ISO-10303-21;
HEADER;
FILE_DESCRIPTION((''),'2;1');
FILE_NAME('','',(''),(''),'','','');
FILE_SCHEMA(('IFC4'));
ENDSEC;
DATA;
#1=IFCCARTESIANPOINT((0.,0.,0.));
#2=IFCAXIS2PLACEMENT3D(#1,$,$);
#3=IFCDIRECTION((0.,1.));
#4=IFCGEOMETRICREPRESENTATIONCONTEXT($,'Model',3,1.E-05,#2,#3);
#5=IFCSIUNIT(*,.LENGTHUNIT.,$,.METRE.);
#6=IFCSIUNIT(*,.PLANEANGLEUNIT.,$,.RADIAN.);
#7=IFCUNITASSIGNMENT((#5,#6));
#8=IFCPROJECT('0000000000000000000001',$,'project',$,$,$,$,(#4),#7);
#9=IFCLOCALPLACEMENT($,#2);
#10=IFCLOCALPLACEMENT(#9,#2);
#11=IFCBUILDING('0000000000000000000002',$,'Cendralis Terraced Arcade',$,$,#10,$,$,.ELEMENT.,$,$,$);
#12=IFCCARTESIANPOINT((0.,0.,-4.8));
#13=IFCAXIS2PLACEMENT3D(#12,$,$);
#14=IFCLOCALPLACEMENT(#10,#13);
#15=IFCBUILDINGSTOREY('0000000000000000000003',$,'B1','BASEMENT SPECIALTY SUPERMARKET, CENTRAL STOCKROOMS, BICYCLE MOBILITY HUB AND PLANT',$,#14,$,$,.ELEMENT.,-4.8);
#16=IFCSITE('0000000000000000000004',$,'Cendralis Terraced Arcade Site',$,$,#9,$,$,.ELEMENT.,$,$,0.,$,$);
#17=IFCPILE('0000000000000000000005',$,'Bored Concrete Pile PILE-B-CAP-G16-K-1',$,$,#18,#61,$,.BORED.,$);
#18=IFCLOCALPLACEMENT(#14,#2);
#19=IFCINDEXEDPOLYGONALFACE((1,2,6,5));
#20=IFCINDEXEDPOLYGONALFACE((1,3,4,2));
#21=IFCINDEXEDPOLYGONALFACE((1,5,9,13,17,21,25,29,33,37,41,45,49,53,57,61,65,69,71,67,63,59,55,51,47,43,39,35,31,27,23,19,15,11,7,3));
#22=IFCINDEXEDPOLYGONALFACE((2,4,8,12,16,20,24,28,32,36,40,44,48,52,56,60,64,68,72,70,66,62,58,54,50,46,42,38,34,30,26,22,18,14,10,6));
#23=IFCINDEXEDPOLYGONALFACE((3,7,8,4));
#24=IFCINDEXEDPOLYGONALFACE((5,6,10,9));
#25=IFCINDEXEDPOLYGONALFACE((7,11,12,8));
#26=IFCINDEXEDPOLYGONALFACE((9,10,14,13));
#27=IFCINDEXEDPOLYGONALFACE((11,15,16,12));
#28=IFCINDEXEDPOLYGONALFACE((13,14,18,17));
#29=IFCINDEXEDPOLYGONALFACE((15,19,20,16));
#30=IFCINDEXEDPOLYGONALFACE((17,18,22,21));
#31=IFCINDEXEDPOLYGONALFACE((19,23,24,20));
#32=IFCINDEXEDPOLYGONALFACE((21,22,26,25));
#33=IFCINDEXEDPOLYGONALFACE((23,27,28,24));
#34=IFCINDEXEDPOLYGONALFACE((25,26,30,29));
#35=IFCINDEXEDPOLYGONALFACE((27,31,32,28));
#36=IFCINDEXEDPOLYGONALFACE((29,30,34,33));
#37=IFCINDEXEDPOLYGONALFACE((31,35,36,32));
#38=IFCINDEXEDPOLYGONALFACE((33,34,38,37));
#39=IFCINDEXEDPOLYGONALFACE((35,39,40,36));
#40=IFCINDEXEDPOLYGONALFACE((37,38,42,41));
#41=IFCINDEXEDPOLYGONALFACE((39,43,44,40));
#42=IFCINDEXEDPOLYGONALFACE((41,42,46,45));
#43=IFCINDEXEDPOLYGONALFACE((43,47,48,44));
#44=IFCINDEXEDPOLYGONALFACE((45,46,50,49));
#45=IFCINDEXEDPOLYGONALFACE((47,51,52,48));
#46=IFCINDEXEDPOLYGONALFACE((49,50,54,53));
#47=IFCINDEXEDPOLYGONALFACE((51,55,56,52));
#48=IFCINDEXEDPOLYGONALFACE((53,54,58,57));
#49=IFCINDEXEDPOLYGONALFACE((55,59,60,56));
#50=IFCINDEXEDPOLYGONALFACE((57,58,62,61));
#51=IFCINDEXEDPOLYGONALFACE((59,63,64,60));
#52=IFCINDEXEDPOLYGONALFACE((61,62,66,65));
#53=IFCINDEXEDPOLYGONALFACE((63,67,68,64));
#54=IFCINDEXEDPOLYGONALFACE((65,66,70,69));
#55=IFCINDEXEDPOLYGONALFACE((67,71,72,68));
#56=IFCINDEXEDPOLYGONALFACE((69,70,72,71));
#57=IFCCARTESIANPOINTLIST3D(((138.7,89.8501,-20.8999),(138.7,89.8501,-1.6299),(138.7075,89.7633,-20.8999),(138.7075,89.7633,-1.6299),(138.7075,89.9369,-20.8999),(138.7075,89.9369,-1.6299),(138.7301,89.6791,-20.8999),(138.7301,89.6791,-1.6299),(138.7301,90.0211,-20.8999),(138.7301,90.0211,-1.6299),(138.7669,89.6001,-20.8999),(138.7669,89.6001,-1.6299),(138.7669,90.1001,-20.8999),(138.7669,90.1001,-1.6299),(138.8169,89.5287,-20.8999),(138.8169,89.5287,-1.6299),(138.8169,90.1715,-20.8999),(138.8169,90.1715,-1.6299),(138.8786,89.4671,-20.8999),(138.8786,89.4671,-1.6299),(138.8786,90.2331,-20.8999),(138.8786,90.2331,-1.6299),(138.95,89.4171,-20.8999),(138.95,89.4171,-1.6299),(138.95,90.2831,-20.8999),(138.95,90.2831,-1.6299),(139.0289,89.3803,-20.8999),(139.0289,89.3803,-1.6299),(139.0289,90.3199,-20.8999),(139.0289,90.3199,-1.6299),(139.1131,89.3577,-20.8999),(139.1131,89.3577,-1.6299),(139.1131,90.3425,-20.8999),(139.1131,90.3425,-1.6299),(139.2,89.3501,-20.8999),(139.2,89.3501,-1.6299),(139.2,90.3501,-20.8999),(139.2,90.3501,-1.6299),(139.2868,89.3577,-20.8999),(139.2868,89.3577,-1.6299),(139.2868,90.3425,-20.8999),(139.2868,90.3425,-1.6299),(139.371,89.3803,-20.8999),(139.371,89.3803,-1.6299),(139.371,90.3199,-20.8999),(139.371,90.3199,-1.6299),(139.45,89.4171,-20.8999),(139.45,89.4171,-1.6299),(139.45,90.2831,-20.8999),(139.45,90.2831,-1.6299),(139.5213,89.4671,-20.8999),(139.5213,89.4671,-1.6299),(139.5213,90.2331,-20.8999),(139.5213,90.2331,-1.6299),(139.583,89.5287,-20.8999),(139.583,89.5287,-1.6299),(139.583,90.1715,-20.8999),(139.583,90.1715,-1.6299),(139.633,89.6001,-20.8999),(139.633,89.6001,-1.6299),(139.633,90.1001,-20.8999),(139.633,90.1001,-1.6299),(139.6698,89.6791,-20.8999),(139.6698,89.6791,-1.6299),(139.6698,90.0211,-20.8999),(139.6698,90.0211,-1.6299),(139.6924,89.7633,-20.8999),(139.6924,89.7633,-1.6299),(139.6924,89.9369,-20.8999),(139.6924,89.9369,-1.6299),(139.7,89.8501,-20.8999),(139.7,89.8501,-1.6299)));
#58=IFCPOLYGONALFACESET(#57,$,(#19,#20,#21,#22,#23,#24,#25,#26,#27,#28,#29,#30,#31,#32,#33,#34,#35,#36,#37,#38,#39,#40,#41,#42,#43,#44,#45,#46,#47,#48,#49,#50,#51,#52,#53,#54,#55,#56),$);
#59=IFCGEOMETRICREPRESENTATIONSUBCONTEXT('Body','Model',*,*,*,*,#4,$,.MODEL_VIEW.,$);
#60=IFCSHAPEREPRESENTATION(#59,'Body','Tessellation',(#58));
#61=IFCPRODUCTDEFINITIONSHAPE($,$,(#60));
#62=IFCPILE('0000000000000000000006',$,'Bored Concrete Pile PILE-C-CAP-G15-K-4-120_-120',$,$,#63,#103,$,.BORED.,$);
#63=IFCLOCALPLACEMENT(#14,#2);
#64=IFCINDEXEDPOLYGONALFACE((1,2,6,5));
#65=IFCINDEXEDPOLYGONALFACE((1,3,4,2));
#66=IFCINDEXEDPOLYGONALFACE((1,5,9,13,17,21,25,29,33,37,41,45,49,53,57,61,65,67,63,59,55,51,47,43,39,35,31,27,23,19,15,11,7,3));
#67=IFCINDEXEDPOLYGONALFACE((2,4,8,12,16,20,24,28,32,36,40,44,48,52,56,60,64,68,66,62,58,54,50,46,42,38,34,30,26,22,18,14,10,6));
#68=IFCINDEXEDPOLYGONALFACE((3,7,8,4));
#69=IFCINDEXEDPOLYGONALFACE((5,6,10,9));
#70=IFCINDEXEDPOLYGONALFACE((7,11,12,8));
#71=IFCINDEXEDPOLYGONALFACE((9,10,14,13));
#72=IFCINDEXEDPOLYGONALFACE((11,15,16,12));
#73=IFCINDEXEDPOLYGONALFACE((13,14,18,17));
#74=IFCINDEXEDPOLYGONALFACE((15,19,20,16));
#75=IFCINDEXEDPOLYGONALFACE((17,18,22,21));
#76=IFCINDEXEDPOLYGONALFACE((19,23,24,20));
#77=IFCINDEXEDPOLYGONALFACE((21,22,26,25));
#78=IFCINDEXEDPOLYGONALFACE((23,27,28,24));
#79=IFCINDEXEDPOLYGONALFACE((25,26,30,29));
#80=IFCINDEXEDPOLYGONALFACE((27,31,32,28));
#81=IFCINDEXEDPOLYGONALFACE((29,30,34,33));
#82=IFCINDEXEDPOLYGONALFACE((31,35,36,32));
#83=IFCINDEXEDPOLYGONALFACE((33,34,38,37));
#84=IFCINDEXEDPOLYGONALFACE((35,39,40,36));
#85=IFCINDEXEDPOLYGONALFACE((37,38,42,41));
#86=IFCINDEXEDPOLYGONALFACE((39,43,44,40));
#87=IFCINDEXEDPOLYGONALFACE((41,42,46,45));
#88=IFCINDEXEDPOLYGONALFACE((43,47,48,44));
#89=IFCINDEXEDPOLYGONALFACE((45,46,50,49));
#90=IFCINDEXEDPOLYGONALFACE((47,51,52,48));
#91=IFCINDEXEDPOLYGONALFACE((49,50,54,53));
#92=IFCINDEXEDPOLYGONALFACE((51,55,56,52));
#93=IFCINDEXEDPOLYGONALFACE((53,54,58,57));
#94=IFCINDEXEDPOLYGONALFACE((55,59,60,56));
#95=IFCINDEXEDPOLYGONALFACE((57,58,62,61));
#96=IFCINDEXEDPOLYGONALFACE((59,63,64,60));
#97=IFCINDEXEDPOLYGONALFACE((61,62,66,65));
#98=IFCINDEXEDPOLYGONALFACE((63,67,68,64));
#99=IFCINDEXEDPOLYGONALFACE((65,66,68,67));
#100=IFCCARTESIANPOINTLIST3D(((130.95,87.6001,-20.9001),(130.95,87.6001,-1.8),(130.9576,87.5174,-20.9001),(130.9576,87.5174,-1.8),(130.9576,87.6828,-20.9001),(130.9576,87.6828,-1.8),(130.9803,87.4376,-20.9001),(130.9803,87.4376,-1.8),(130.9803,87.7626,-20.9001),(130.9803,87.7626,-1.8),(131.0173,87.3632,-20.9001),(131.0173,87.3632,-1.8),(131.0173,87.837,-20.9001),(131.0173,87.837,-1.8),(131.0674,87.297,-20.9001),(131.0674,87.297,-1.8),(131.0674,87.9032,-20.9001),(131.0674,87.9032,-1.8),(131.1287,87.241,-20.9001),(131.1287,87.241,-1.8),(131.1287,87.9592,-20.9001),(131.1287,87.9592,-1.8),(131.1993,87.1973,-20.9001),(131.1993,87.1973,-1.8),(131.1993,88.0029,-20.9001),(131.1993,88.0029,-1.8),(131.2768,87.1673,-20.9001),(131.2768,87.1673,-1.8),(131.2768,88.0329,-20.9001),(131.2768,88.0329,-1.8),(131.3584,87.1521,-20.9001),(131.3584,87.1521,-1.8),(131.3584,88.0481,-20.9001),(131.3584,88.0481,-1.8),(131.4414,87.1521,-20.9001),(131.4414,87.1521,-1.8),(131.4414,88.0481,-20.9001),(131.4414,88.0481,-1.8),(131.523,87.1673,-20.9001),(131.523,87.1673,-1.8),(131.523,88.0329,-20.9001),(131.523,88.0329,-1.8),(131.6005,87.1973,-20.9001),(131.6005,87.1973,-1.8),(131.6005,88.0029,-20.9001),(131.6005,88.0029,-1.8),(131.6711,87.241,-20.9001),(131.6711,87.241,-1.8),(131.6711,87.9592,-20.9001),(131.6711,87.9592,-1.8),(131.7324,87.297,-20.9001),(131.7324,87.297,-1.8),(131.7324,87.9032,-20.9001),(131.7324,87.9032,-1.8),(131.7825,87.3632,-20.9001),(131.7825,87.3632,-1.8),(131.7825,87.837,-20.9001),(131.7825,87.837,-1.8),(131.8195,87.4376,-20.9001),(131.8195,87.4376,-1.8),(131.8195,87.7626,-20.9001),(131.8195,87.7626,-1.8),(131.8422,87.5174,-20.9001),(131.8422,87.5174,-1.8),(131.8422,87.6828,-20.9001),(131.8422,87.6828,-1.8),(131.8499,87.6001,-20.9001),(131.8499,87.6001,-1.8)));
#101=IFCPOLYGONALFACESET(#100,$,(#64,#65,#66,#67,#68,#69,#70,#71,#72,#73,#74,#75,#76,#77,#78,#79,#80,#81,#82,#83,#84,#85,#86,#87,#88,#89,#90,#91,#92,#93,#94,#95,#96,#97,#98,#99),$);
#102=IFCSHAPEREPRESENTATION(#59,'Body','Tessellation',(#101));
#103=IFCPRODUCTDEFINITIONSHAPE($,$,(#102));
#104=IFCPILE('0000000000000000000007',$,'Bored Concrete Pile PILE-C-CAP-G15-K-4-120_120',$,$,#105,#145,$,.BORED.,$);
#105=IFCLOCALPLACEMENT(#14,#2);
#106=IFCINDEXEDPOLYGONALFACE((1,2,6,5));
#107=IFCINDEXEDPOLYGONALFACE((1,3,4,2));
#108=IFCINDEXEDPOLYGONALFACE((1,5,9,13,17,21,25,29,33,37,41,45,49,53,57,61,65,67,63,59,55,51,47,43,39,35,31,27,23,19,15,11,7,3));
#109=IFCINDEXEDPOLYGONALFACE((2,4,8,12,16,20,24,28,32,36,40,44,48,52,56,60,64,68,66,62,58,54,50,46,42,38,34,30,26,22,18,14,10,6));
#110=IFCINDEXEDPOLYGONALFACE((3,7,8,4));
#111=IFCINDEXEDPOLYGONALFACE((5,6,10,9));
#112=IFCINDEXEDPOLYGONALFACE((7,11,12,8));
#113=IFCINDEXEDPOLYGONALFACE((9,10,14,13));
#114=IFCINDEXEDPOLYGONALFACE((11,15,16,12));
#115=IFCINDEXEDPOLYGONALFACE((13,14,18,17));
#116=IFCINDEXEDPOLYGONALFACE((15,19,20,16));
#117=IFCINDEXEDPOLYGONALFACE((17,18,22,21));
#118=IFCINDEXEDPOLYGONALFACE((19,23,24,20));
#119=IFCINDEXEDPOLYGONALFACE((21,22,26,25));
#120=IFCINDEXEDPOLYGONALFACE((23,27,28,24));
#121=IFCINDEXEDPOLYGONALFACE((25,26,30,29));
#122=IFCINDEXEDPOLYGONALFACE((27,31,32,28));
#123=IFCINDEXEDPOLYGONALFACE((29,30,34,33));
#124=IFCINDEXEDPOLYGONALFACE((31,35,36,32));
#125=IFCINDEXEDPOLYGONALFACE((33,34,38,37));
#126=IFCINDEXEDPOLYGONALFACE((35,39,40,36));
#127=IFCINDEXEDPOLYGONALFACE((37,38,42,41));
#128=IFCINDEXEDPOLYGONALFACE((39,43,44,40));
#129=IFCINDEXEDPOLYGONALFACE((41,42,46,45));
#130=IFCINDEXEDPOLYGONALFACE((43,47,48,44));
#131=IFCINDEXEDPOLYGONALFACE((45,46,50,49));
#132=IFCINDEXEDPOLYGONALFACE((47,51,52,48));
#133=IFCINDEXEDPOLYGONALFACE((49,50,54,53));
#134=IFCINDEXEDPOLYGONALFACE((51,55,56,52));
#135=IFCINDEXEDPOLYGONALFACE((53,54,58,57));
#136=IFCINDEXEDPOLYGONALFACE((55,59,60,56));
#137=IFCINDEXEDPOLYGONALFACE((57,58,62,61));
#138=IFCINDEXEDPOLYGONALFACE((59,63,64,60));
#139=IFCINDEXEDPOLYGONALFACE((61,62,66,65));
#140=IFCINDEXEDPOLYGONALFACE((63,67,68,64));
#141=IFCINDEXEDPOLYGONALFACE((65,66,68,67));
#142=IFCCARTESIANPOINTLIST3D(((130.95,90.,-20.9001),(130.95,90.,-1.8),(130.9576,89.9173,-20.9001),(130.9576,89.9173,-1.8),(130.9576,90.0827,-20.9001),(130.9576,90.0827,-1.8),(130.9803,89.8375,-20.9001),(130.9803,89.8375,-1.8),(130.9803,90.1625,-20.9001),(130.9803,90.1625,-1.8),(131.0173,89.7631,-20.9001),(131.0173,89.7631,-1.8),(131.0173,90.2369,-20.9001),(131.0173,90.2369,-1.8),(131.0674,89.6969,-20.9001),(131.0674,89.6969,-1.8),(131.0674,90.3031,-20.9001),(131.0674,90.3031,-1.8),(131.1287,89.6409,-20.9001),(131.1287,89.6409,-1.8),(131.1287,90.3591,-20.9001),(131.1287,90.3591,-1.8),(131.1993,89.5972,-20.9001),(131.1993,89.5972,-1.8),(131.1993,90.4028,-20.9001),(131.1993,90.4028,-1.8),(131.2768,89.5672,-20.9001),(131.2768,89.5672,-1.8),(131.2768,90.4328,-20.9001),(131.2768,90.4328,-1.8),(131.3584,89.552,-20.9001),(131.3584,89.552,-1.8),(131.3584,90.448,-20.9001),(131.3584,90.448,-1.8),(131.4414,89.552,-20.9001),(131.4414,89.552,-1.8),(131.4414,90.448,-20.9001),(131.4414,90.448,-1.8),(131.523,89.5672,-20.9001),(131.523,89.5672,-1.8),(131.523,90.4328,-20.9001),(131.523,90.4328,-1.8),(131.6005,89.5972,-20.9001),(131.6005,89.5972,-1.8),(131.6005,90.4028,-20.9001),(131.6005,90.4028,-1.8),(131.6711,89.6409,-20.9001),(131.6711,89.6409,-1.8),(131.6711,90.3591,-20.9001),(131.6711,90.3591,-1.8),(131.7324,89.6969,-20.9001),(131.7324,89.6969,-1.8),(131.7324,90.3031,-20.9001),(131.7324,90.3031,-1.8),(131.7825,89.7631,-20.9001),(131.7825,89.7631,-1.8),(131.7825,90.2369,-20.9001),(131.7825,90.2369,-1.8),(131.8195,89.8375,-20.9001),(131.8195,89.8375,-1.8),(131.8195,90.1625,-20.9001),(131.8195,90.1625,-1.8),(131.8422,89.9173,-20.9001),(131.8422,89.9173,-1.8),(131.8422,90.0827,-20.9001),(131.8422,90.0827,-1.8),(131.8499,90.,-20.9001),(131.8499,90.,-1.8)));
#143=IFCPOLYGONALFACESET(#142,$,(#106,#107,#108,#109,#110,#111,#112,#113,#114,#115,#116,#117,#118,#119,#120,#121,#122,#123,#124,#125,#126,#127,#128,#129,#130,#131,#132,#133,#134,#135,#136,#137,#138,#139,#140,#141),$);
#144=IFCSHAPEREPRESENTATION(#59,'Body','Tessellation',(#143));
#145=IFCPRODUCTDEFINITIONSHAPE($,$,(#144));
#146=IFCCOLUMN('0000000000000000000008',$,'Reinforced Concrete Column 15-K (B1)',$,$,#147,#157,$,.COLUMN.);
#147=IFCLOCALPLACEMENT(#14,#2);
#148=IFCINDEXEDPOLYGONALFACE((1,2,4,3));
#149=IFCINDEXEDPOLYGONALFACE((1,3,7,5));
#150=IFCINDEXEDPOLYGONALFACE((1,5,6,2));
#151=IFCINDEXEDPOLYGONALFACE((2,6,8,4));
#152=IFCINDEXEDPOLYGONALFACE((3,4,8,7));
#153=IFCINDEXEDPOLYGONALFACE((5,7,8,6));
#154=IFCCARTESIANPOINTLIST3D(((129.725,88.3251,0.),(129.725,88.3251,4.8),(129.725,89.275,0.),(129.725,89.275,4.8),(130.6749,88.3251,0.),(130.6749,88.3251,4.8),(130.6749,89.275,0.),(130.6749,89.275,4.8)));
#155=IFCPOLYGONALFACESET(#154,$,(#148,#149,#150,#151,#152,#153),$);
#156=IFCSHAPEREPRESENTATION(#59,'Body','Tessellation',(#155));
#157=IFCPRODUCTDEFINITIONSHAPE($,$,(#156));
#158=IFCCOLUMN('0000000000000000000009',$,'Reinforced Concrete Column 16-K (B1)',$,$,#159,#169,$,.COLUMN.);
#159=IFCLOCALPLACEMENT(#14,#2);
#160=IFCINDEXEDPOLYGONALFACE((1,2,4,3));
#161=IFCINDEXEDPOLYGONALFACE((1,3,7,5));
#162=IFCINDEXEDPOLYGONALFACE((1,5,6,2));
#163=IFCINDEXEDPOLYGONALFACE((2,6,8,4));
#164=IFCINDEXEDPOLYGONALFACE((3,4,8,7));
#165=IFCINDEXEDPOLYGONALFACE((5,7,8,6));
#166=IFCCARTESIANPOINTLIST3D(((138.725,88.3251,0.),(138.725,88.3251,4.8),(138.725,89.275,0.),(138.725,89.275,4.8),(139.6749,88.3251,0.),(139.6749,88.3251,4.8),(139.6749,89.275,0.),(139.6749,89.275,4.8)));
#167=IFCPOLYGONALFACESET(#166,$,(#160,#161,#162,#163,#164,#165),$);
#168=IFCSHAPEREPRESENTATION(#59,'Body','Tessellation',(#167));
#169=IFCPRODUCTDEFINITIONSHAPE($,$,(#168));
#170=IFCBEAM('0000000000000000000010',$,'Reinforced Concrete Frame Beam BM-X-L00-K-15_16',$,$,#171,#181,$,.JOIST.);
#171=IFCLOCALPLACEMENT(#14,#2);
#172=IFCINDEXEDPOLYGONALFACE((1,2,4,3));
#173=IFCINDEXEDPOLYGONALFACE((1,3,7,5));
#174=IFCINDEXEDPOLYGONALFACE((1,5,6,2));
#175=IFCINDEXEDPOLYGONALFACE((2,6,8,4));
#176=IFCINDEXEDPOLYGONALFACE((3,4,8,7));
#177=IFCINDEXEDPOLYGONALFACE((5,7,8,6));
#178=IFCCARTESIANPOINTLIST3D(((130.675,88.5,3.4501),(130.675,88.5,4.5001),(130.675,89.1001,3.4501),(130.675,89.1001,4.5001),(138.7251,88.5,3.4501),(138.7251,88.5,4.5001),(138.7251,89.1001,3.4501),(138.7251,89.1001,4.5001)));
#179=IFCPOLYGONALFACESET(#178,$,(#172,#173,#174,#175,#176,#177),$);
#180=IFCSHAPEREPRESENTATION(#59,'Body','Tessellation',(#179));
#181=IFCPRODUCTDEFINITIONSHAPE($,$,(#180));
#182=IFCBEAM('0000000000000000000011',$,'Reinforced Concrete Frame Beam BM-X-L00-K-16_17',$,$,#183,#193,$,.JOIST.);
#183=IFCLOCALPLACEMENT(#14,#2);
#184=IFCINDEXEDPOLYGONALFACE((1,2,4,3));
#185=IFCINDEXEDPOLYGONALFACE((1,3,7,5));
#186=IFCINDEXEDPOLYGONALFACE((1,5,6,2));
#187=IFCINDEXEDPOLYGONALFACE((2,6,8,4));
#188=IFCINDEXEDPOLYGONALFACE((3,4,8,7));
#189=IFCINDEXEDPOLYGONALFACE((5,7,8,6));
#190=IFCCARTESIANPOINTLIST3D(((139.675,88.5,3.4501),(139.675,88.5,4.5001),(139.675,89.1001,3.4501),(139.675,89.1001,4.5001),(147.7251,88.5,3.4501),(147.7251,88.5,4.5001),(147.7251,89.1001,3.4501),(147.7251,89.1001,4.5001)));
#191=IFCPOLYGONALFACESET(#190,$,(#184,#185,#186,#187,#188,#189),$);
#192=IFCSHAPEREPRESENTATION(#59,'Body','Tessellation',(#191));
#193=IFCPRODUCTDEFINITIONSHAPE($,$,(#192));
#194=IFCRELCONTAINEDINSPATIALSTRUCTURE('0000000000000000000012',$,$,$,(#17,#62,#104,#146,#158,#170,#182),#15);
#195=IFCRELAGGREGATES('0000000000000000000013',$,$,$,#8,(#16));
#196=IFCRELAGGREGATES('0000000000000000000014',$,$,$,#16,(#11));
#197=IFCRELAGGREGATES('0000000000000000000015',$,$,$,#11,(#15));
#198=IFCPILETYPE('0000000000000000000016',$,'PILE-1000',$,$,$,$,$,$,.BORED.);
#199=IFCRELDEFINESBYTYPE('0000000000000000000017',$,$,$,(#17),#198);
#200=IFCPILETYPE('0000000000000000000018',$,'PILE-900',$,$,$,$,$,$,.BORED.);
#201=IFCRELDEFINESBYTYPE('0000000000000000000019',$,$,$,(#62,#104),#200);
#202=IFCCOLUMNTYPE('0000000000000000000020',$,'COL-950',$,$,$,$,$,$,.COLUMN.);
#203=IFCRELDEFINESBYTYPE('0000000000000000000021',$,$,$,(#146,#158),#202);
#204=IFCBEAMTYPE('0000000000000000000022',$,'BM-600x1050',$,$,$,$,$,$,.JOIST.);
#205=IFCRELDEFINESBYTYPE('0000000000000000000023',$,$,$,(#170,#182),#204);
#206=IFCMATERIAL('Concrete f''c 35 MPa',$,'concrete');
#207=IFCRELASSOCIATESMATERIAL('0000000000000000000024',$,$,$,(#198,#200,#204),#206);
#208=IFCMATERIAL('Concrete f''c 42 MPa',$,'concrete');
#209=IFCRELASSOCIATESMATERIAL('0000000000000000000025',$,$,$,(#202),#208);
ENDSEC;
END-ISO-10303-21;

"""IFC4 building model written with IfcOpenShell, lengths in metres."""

from ifc_helpers import new_model, si_unit, direction, frame, origin, origin_2d, place, context, subcontext, project, spatial, rectangle, circle, extrude, material, material_profile, profile_set, type_object, element, save


model = new_model("IFC4")

# Units and contexts
model_context = context("Model", 3, precision=1e-05, world=origin(), true_north=direction((0.0, 1.0)))
body_context = subcontext(model_context, "Body", "Model", "MODEL_VIEW")
ifc_project = project(units=[si_unit("LENGTHUNIT", "METRE"), si_unit("PLANEANGLEUNIT", "RADIAN")], contexts=[model_context])

# Site, building, storey
site_placement = place(None, origin())
site = spatial("IfcSite", under=ifc_project, at=site_placement, Name="Cendralis Terraced Arcade Site", CompositionType="ELEMENT", RefElevation=0.0)
building_placement = place(site_placement, origin())
building = spatial("IfcBuilding", under=site, at=building_placement, Name="Cendralis Terraced Arcade", CompositionType="ELEMENT")
storey_placement = place(building_placement, frame((0.0, 0.0, -4.8)))
storey = spatial("IfcBuildingStorey", under=building, at=storey_placement, Name="B1", Description="BASEMENT SPECIALTY SUPERMARKET, CENTRAL STOCKROOMS, BICYCLE MOBILITY HUB AND PLANT", CompositionType="ELEMENT", Elevation=-4.8)

# Shared definitions
ifc_material_1 = material(Name="Concrete f'c 35 MPa", Category="concrete")

# Piles
ifc_material_profile_1 = material_profile(ifc_material_1, circle(Radius=0.5, at=origin_2d()), Name="PILE-D1000", Category="LoadBearing")
ifc_profile_set_1 = profile_set([ifc_material_profile_1], Name="Concrete f'c 35 MPa")
pile_type_1 = type_object("IfcPileType", Name="PILE-1000", PredefinedType="BORED", material=ifc_profile_set_1)
for number, where, z_axis, x_axis, name in (
    (1, (139.2, 89.8501, -1.6299), (0.0, 0.0, -1.0), (1.0, 0.0, 0.0), "Bored Concrete Pile PILE-B-CAP-G16-K-1"),
):
    element("IfcPile", number, at=place(storey_placement, frame(where, z_axis=z_axis, x_axis=x_axis)), inside=storey, type_object=pile_type_1, Name=name, PredefinedType="BORED", context=body_context, shape_type="SweptSolid", body=[
        extrude(circle(Radius=0.5, at=origin_2d()), origin(), (0.0, 0.0, 1.0), 19.27),
    ])
ifc_material_profile_2 = material_profile(ifc_material_1, circle(Radius=0.45, at=origin_2d()), Name="PILE-D900", Category="LoadBearing")
ifc_profile_set_2 = profile_set([ifc_material_profile_2], Name="Concrete f'c 35 MPa")
pile_type_2 = type_object("IfcPileType", Name="PILE-900", PredefinedType="BORED", material=ifc_profile_set_2)
for number, where, z_axis, x_axis, name in (
    (2, (131.3999, 87.6001, -1.8), (0.0, 0.0, -1.0), (1.0, 0.0, 0.0), "Bored Concrete Pile PILE-C-CAP-G15-K-4-120_-120"),
    (3, (131.3999, 90.0, -1.8), (0.0, 0.0, -1.0), (1.0, 0.0, 0.0), "Bored Concrete Pile PILE-C-CAP-G15-K-4-120_120"),
):
    element("IfcPile", number, at=place(storey_placement, frame(where, z_axis=z_axis, x_axis=x_axis)), inside=storey, type_object=pile_type_2, Name=name, PredefinedType="BORED", context=body_context, shape_type="SweptSolid", body=[
        extrude(circle(Radius=0.45, at=origin_2d()), origin(), (0.0, 0.0, 1.0), 19.1001),
    ])

# Columns
ifc_material_2 = material(Name="Concrete f'c 42 MPa", Category="concrete")
ifc_material_profile_3 = material_profile(ifc_material_2, rectangle(XDim=0.95, YDim=0.95, at=origin_2d()), Name="RC-COL-950x950", Category="LoadBearing")
ifc_profile_set_3 = profile_set([ifc_material_profile_3], Name="Concrete f'c 42 MPa")
column_type = type_object("IfcColumnType", Name="COL-950", PredefinedType="COLUMN", material=ifc_profile_set_3)
for number, where, z_axis, x_axis, name in (
    (4, (130.2, 88.8, 0.0), (0.0, 0.0, 1.0), (1.0, 0.0, 0.0), "Reinforced Concrete Column 15-K (B1)"),
    (5, (139.2, 88.8, 0.0), (0.0, 0.0, 1.0), (1.0, 0.0, 0.0), "Reinforced Concrete Column 16-K (B1)"),
):
    element("IfcColumn", number, at=place(storey_placement, frame(where, z_axis=z_axis, x_axis=x_axis)), inside=storey, type_object=column_type, Name=name, PredefinedType="COLUMN", context=body_context, shape_type="SweptSolid", body=[
        extrude(rectangle(XDim=0.95, YDim=0.95, at=origin_2d()), origin(), (0.0, 0.0, 1.0), 4.8),
    ])

# Beams
ifc_material_profile_4 = material_profile(ifc_material_1, rectangle(XDim=0.6001, YDim=1.05, at=origin_2d()), Name="RC-BM-600x1050", Category="LoadBearing")
ifc_profile_set_4 = profile_set([ifc_material_profile_4], Name="Concrete f'c 35 MPa")
beam_type = type_object("IfcBeamType", Name="BM-600x1050", PredefinedType="JOIST", material=ifc_profile_set_4)
for number, where, z_axis, x_axis, name in (
    (6, (130.675, 88.8, 3.9751), (1.0, 0.0, 0.0), (0.0, 1.0, 0.0), "Reinforced Concrete Frame Beam BM-X-L00-K-15_16"),
    (7, (139.675, 88.8, 3.9751), (1.0, 0.0, 0.0), (0.0, 1.0, 0.0), "Reinforced Concrete Frame Beam BM-X-L00-K-16_17"),
):
    element("IfcBeam", number, at=place(storey_placement, frame(where, z_axis=z_axis, x_axis=x_axis)), inside=storey, type_object=beam_type, Name=name, PredefinedType="JOIST", context=body_context, shape_type="SweptSolid", body=[
        extrude(rectangle(XDim=0.6001, YDim=1.05, at=origin_2d()), origin(), (0.0, 0.0, 1.0), 8.05),
    ])

save(model, "model.ifc")
